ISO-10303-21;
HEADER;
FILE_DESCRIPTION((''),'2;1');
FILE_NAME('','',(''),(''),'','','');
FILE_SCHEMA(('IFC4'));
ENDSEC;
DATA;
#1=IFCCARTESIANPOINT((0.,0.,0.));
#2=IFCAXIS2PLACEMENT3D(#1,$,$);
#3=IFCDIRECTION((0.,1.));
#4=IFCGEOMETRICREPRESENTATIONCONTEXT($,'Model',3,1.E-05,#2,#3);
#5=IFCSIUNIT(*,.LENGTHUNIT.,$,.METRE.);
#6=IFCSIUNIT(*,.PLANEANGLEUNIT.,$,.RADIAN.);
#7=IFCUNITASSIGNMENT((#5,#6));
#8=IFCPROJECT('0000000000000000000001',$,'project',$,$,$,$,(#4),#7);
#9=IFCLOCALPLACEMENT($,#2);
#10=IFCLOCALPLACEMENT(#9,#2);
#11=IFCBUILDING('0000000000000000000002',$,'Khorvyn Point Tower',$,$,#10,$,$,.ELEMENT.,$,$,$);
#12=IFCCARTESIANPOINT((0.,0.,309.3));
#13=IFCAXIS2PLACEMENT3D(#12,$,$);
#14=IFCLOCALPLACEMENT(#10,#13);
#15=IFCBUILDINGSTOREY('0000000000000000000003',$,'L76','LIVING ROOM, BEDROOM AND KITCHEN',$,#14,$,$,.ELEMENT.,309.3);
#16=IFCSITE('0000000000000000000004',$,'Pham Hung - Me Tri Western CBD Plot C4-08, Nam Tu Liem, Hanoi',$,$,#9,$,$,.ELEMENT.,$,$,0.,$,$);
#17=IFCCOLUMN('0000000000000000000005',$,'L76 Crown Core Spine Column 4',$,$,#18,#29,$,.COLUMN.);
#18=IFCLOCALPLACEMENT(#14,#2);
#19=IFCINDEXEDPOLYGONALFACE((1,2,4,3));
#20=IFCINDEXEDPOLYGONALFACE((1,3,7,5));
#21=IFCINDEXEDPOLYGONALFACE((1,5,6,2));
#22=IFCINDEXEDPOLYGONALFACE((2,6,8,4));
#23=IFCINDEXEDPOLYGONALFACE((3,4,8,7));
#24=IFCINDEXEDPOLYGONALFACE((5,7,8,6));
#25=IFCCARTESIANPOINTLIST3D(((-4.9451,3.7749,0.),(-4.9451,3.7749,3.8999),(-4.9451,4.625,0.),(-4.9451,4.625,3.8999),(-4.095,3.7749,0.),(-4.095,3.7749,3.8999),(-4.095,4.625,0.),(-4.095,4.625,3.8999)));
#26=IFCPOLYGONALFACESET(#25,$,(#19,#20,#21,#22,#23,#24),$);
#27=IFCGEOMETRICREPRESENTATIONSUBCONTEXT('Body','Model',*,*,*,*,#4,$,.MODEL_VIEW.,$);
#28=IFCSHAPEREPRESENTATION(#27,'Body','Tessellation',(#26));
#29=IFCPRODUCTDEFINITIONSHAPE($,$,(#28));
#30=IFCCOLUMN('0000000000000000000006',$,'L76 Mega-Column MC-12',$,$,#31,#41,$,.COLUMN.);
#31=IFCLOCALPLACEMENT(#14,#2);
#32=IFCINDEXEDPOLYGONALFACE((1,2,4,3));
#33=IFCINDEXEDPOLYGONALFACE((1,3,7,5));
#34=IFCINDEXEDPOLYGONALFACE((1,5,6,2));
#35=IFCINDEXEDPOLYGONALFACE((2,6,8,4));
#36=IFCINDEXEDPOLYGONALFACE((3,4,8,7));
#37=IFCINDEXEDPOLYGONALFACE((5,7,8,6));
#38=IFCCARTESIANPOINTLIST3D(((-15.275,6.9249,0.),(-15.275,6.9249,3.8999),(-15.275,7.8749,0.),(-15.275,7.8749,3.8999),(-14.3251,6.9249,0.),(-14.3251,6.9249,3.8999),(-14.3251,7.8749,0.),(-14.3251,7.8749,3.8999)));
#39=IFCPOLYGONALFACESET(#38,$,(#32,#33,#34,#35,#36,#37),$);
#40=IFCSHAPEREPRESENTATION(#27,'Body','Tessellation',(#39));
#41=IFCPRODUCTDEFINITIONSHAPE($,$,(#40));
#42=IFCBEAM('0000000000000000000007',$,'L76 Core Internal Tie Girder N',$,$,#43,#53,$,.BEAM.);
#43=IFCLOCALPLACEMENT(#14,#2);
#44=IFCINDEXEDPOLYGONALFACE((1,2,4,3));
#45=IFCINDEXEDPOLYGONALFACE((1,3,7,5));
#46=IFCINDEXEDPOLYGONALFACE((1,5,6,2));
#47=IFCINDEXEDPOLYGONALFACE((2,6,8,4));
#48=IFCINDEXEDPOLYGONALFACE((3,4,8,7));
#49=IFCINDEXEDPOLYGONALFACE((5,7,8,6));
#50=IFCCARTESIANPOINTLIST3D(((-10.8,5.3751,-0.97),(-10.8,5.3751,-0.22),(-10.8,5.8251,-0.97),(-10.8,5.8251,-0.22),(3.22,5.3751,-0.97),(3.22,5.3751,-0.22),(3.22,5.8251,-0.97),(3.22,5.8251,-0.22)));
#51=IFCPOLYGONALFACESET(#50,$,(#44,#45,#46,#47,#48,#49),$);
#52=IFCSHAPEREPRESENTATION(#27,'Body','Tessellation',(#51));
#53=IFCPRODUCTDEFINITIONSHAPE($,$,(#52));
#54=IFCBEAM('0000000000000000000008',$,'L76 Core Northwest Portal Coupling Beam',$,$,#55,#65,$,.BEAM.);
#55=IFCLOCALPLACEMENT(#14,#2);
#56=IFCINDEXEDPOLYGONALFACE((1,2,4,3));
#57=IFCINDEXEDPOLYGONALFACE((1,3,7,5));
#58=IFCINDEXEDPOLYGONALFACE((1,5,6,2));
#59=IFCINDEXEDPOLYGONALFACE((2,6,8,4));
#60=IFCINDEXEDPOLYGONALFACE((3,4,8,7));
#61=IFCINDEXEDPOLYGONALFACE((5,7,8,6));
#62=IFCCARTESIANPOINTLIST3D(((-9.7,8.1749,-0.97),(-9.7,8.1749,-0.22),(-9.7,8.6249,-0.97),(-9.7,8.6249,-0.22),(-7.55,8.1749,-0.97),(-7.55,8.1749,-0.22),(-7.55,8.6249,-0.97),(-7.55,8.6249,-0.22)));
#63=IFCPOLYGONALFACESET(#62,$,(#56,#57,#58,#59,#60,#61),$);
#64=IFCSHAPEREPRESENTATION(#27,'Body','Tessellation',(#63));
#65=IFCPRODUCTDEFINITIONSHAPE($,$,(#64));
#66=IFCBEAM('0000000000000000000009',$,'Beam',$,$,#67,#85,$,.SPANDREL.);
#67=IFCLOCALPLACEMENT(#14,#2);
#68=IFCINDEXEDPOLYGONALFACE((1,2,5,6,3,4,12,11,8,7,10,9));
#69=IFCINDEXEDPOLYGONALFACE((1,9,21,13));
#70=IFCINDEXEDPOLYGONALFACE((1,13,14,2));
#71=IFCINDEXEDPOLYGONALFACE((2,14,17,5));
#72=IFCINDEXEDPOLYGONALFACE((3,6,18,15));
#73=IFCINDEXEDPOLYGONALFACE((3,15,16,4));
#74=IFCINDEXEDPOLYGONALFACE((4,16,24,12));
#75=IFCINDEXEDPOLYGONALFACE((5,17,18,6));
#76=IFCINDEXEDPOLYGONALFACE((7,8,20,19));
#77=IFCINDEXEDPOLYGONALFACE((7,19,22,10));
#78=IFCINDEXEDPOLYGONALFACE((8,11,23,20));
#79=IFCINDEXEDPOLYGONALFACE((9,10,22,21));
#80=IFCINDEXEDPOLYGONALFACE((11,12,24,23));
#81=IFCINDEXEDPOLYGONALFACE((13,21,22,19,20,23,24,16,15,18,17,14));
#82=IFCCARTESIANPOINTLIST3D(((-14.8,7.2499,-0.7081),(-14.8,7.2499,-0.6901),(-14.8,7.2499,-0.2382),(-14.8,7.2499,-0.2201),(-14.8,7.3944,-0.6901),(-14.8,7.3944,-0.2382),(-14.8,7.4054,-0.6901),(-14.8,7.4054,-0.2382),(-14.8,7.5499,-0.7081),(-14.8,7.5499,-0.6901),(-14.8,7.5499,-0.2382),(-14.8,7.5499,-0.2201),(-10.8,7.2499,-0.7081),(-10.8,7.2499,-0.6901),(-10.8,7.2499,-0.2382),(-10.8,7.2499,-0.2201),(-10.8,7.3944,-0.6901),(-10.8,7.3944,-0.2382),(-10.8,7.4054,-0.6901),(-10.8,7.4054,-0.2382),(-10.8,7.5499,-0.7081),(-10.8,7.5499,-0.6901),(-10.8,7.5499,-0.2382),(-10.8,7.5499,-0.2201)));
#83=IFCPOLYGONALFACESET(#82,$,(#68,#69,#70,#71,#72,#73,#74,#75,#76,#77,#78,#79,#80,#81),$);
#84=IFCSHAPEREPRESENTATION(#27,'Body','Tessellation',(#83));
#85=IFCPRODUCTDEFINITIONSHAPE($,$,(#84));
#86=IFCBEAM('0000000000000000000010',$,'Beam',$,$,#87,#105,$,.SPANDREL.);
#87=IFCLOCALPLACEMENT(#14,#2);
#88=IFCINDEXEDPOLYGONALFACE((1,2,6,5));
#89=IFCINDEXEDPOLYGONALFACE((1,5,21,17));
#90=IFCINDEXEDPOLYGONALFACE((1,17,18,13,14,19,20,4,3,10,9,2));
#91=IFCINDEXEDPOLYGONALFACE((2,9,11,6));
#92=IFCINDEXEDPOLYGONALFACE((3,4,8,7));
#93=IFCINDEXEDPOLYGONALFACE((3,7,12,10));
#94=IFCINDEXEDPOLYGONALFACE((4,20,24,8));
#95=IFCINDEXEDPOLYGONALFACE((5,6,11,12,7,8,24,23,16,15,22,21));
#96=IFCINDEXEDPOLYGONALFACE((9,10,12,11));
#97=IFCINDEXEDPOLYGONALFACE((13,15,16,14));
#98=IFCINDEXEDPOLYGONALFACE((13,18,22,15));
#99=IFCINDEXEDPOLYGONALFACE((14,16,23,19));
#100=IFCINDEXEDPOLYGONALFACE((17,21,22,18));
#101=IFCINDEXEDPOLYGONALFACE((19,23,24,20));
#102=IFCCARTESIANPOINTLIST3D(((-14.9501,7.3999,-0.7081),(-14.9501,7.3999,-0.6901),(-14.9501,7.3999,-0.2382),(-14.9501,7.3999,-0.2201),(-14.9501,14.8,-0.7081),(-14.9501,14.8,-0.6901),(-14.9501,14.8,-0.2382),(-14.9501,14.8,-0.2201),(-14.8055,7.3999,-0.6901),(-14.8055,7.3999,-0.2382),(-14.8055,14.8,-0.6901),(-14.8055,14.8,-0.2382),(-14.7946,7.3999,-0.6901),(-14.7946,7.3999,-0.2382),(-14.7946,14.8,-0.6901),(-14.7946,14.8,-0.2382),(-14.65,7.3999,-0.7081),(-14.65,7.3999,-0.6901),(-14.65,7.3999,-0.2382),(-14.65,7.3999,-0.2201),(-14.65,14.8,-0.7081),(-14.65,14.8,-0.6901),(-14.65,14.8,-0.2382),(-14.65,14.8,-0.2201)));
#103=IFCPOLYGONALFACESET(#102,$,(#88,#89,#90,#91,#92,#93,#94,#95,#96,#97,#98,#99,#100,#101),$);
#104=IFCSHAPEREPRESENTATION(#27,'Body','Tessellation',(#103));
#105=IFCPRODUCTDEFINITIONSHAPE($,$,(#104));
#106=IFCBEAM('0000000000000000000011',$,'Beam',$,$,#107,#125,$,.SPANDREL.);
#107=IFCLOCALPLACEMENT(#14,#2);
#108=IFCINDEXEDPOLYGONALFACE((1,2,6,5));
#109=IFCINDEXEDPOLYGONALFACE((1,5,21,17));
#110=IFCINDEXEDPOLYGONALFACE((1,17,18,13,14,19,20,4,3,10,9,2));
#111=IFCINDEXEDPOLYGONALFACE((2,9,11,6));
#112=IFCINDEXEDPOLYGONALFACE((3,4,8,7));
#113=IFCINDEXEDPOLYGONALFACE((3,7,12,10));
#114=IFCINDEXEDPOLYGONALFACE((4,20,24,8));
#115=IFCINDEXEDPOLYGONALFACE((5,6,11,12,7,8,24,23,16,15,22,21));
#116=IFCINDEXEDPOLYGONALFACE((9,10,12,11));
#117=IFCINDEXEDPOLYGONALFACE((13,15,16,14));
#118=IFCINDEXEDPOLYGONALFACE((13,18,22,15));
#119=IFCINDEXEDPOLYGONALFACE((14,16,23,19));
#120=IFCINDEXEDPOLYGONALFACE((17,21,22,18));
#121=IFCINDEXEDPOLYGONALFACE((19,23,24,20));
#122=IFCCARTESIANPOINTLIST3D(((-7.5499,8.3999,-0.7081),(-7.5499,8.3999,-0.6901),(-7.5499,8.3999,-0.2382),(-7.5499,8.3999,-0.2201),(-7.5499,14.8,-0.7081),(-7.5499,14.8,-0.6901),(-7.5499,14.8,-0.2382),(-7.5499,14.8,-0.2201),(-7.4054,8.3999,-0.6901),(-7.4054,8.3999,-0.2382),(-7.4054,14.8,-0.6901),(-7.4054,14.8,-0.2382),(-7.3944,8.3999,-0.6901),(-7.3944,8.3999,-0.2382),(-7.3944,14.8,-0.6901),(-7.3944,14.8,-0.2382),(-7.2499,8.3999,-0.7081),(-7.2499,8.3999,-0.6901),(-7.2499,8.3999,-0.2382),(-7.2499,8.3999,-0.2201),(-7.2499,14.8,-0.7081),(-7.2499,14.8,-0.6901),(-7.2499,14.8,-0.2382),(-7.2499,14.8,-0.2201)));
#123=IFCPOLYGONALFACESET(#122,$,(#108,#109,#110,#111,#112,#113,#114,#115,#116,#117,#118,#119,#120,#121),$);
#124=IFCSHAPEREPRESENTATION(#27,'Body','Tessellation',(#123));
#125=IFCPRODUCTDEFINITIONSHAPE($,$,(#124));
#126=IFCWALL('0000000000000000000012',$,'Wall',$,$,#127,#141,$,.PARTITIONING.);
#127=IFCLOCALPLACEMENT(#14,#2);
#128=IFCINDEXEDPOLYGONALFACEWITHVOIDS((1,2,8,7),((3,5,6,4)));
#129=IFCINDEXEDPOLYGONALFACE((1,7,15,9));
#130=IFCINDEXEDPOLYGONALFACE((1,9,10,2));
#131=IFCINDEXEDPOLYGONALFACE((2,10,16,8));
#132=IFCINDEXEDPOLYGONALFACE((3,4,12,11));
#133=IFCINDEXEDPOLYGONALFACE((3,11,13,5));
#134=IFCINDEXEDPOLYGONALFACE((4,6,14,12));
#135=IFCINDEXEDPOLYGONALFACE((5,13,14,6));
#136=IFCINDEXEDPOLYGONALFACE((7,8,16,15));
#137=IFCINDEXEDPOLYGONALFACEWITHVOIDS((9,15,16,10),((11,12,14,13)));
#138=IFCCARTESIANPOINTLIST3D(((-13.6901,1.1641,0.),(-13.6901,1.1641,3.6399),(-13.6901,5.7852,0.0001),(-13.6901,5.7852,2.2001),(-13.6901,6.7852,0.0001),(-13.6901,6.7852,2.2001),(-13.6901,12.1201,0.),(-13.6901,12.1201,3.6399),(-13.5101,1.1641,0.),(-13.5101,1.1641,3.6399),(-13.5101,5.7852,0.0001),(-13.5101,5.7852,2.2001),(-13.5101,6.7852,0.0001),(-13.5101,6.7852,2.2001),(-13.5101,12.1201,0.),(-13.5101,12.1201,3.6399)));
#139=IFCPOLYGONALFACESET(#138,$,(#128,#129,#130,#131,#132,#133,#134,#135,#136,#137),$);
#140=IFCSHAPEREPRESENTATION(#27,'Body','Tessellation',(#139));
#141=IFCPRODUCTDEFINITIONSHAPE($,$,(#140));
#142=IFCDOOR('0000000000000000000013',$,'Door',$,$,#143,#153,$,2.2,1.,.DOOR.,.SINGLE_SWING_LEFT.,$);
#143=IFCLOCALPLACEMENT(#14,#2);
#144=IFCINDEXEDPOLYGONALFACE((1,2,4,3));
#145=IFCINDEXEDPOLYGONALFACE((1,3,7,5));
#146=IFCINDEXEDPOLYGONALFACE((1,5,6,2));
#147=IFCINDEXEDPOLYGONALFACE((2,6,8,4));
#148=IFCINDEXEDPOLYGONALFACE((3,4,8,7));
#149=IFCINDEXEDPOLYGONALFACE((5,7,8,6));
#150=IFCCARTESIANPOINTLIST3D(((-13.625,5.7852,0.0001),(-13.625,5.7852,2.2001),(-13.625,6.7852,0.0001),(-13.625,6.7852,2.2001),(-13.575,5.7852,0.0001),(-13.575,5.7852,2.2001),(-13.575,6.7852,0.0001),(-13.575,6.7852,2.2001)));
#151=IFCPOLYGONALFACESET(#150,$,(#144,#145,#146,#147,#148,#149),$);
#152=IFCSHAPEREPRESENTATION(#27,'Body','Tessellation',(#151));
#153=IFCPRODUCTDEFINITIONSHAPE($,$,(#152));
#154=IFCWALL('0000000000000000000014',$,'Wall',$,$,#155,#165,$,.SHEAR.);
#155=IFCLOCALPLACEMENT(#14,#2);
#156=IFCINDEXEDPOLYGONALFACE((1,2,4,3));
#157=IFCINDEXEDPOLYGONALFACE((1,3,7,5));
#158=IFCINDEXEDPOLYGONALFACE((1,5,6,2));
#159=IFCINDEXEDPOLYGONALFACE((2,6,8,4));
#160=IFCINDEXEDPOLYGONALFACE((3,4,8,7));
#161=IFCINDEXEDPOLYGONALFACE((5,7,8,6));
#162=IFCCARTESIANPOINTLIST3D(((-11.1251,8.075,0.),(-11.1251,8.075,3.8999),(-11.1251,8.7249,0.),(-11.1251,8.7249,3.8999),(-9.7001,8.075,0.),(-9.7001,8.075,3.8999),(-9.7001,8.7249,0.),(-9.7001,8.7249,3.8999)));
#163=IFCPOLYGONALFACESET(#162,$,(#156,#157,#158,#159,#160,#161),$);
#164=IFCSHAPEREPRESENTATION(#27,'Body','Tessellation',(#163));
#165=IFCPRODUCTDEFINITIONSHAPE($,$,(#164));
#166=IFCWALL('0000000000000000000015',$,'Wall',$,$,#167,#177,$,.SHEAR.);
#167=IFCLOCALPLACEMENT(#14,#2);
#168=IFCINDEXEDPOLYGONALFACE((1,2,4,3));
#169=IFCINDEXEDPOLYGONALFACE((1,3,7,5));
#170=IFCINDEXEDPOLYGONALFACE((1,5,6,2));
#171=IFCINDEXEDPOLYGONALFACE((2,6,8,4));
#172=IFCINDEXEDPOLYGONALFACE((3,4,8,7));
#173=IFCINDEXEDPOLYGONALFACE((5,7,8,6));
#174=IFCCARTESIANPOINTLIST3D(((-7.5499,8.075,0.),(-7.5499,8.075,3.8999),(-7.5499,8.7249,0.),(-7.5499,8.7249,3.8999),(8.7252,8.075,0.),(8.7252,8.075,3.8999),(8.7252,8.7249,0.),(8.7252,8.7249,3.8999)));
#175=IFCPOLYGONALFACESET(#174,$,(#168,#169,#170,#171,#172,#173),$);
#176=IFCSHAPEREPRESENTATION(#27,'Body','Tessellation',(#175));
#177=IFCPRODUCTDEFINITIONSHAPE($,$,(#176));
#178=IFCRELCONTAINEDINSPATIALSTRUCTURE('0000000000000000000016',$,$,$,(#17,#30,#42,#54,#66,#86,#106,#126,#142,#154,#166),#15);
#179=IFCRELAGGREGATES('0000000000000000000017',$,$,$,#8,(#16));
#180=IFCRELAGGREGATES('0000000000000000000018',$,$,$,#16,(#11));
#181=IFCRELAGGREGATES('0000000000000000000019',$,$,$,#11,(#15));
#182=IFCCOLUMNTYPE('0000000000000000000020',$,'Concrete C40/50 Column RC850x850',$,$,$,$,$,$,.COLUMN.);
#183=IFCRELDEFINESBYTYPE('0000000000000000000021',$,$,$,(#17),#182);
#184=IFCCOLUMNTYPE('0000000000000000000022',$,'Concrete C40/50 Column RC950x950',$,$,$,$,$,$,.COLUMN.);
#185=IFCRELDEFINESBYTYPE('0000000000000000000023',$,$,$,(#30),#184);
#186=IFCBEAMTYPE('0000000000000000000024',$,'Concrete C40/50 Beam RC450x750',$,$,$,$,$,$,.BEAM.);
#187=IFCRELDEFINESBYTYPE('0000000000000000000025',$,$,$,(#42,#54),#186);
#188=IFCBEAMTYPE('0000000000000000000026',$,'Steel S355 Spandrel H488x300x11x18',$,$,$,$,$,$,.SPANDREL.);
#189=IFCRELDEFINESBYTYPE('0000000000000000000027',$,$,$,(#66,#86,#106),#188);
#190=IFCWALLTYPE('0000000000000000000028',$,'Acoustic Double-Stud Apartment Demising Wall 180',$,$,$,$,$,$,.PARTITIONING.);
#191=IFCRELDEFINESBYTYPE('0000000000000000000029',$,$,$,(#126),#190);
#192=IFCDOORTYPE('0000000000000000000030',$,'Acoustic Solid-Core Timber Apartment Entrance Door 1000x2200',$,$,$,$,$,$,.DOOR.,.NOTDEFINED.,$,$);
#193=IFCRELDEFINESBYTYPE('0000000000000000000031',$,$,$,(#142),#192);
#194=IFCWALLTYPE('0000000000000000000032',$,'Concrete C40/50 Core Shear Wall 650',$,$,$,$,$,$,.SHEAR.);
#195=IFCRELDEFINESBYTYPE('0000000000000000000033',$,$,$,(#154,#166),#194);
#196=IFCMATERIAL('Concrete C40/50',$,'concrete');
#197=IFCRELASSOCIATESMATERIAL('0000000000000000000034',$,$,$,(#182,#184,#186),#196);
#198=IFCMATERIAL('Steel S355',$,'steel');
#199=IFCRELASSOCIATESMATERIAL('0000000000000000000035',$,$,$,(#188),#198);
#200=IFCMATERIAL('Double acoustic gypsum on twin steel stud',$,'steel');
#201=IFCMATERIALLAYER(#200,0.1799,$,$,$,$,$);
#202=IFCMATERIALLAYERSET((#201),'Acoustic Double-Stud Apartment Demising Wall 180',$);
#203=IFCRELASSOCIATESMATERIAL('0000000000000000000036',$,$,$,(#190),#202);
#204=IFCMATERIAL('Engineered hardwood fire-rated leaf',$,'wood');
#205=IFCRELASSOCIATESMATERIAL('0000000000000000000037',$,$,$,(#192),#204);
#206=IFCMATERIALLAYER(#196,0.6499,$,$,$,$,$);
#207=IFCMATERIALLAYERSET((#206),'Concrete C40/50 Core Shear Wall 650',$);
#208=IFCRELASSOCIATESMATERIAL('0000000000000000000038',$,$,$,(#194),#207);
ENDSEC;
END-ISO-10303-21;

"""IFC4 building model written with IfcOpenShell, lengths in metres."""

from ifc_helpers import new_model, si_unit, direction, frame, frame_2d, origin, origin_2d, place, context, subcontext, project, spatial, rectangle, i_section, extrude, material, layer, layer_set, material_profile, profile_set, type_object, element, fill, save


model = new_model("IFC4")

# Units and contexts
model_context = context("Model", 3, precision=1e-05, world=origin(), true_north=direction((0.0, 1.0)))
body_context = subcontext(model_context, "Body", "Model", "MODEL_VIEW")
ifc_project = project(units=[si_unit("LENGTHUNIT", "METRE"), si_unit("PLANEANGLEUNIT", "RADIAN")], contexts=[model_context])

# Site, building, storey
site_placement = place(None, origin())
site = spatial("IfcSite", under=ifc_project, at=site_placement, Name="Pham Hung - Me Tri Western CBD Plot C4-08, Nam Tu Liem, Hanoi", CompositionType="ELEMENT", RefElevation=0.0)
building_placement = place(site_placement, origin())
building = spatial("IfcBuilding", under=site, at=building_placement, Name="Khorvyn Point Tower", CompositionType="ELEMENT")
storey_placement = place(building_placement, frame((0.0, 0.0, 309.3)))
storey = spatial("IfcBuildingStorey", under=building, at=storey_placement, Name="L76", Description="LIVING ROOM, BEDROOM AND KITCHEN", CompositionType="ELEMENT", Elevation=309.3)

# Columns
ifc_material_1 = material(Name="Concrete C40/50", Category="concrete")
ifc_material_profile_1 = material_profile(ifc_material_1, rectangle(XDim=0.8501, YDim=0.8501, at=origin_2d()))
ifc_profile_set_1 = profile_set([ifc_material_profile_1], Name="Concrete C40/50 RC850x850")
column_type_1 = type_object("IfcColumnType", Name="Concrete C40/50 Column RC850x850", PredefinedType="COLUMN", material=ifc_profile_set_1)
column_1_placement = place(storey_placement, frame((-4.52, 4.2, 0.0), z_axis=(0.0, 0.0, 1.0), x_axis=(1.0, 0.0, 0.0)))
element("IfcColumn", 1, at=column_1_placement, inside=storey, type_object=column_type_1, Name="L76 Crown Core Spine Column 4", PredefinedType="COLUMN", context=body_context, shape_type="SweptSolid", body=[
    extrude(rectangle(XDim=0.8501, YDim=0.8501, at=origin_2d()), origin(), (0.0, 0.0, 1.0), 3.8999),
])
ifc_material_profile_2 = material_profile(ifc_material_1, rectangle(XDim=0.95, YDim=0.95, at=origin_2d()))
ifc_profile_set_2 = profile_set([ifc_material_profile_2], Name="Concrete C40/50 RC950x950")
column_type_2 = type_object("IfcColumnType", Name="Concrete C40/50 Column RC950x950", PredefinedType="COLUMN", material=ifc_profile_set_2)
column_2_placement = place(storey_placement, frame((-14.8, 7.3999, 0.0), z_axis=(0.0, 0.0, 1.0), x_axis=(1.0, 0.0, 0.0)))
element("IfcColumn", 2, at=column_2_placement, inside=storey, type_object=column_type_2, Name="L76 Mega-Column MC-12", PredefinedType="COLUMN", context=body_context, shape_type="SweptSolid", body=[
    extrude(rectangle(XDim=0.95, YDim=0.95, at=origin_2d()), origin(), (0.0, 0.0, 1.0), 3.8999),
])

# Beams
ifc_material_profile_3 = material_profile(ifc_material_1, rectangle(XDim=0.45, YDim=0.75, at=origin_2d()))
ifc_profile_set_3 = profile_set([ifc_material_profile_3], Name="Concrete C40/50 RC450x750")
beam_type_1 = type_object("IfcBeamType", Name="Concrete C40/50 Beam RC450x750", PredefinedType="BEAM", material=ifc_profile_set_3)
beam_1_placement = place(storey_placement, frame((-10.8, 5.6001, -0.595), z_axis=(1.0, 0.0, 0.0), x_axis=(0.0, 1.0, 0.0)))
element("IfcBeam", 3, at=beam_1_placement, inside=storey, type_object=beam_type_1, Name="L76 Core Internal Tie Girder N", PredefinedType="BEAM", context=body_context, shape_type="SweptSolid", body=[
    extrude(rectangle(XDim=0.45, YDim=0.75, at=origin_2d()), origin(), (0.0, 0.0, 1.0), 14.02),
])
beam_2_placement = place(storey_placement, frame((-9.7, 8.3999, -0.595), z_axis=(1.0, 0.0, 0.0), x_axis=(0.0, 1.0, 0.0)))
element("IfcBeam", 4, at=beam_2_placement, inside=storey, type_object=beam_type_1, Name="L76 Core Northwest Portal Coupling Beam", PredefinedType="BEAM", context=body_context, shape_type="SweptSolid", body=[
    extrude(rectangle(XDim=0.45, YDim=0.75, at=origin_2d()), origin(), (0.0, 0.0, 1.0), 2.1499),
])
ifc_material_2 = material(Name="Steel S355", Category="steel")
ifc_material_profile_4 = material_profile(ifc_material_2, i_section(OverallWidth=0.3, OverallDepth=0.488, WebThickness=0.011, FlangeThickness=0.0181, at=origin_2d()))
ifc_profile_set_4 = profile_set([ifc_material_profile_4], Name="Steel S355 H488x300x11x18")
beam_type_2 = type_object("IfcBeamType", Name="Steel S355 Spandrel H488x300x11x18", PredefinedType="SPANDREL", material=ifc_profile_set_4)
beam_3_placement = place(storey_placement, frame((-14.8, 7.3999, -0.4641), z_axis=(1.0, 0.0, 0.0), x_axis=(0.0, 1.0, 0.0)))
element("IfcBeam", 5, at=beam_3_placement, inside=storey, type_object=beam_type_2, Name="Beam", PredefinedType="SPANDREL", context=body_context, shape_type="SweptSolid", body=[
    extrude(i_section(OverallWidth=0.3, OverallDepth=0.488, WebThickness=0.011, FlangeThickness=0.0181, at=origin_2d()), origin(), (0.0, 0.0, 1.0), 4.0),
])
beam_4_placement = place(storey_placement, frame((-14.8, 7.3999, -0.4641), z_axis=(0.0, 1.0, 0.0), x_axis=(-1.0, 0.0, 0.0)))
element("IfcBeam", 6, at=beam_4_placement, inside=storey, type_object=beam_type_2, Name="Beam", PredefinedType="SPANDREL", context=body_context, shape_type="SweptSolid", body=[
    extrude(i_section(OverallWidth=0.3, OverallDepth=0.488, WebThickness=0.011, FlangeThickness=0.0181, at=origin_2d()), origin(), (0.0, 0.0, 1.0), 7.4001),
])
beam_5_placement = place(storey_placement, frame((-7.3999, 8.3999, -0.4641), z_axis=(0.0, 1.0, 0.0), x_axis=(-1.0, 0.0, 0.0)))
element("IfcBeam", 7, at=beam_5_placement, inside=storey, type_object=beam_type_2, Name="Beam", PredefinedType="SPANDREL", context=body_context, shape_type="SweptSolid", body=[
    extrude(i_section(OverallWidth=0.3, OverallDepth=0.488, WebThickness=0.011, FlangeThickness=0.0181, at=origin_2d()), origin(), (0.0, 0.0, 1.0), 6.4001),
])

# Wall, opening, door
ifc_material_3 = material(Name="Double acoustic gypsum on twin steel stud", Category="steel")
ifc_layer_1 = layer(ifc_material_3, 0.1799)
ifc_layer_set_1 = layer_set([ifc_layer_1], Name="Acoustic Double-Stud Apartment Demising Wall 180")
wall_type_1 = type_object("IfcWallType", Name="Acoustic Double-Stud Apartment Demising Wall 180", PredefinedType="PARTITIONING", material=ifc_layer_set_1)
wall_1_placement = place(storey_placement, frame((-13.6001, 1.1641, 0.0), z_axis=(0.0, 0.0, 1.0), x_axis=(0.0, 1.0, 0.0)))
wall_1 = element("IfcWall", 8, at=wall_1_placement, inside=storey, type_object=wall_type_1, Name="Wall", PredefinedType="PARTITIONING", context=body_context, shape_type="SweptSolid", body=[
    extrude(rectangle(XDim=10.9561, YDim=0.1799, at=frame_2d((5.478, 0.0))), origin(), (0.0, 0.0, 1.0), 3.6399),
])
opening_1_placement = place(wall_1_placement, frame((4.6211, 0.0, 0.0)))
opening_1 = element("IfcOpeningElement", 9, at=opening_1_placement, cuts=wall_1, PredefinedType="OPENING", context=body_context, shape_type="SweptSolid", body=[
    extrude(rectangle(XDim=1.0, YDim=2.2, at=frame_2d((0.5, 1.1001))), frame((0.0, 0.0999, 0.0), z_axis=(0.0, -1.0, 0.0), x_axis=(1.0, 0.0, 0.0)), (0.0, 0.0, 1.0), 0.2),
])
ifc_material_4 = material(Name="Engineered hardwood fire-rated leaf", Category="wood")
door_type_1 = type_object("IfcDoorType", Name="Acoustic Solid-Core Timber Apartment Entrance Door 1000x2200", OperationType="NOTDEFINED", PredefinedType="DOOR", material=ifc_material_4)
door_1_placement = place(opening_1_placement, origin())
door_1 = element("IfcDoor", 10, at=door_1_placement, inside=storey, type_object=door_type_1, Name="Door", OperationType="SINGLE_SWING_LEFT", OverallHeight=2.2, OverallWidth=1.0, PredefinedType="DOOR", context=body_context, shape_type="SweptSolid", body=[
    extrude(rectangle(XDim=1.0, YDim=2.2, at=frame_2d((0.5, 1.1001))), frame((0.0, 0.0249, 0.0), z_axis=(0.0, -1.0, 0.0), x_axis=(1.0, 0.0, 0.0)), (0.0, 0.0, 1.0), 0.05),
])
fill(opening_1, door_1)

# Walls
ifc_layer_2 = layer(ifc_material_1, 0.6499)
ifc_layer_set_2 = layer_set([ifc_layer_2], Name="Concrete C40/50 Core Shear Wall 650")
wall_type_2 = type_object("IfcWallType", Name="Concrete C40/50 Core Shear Wall 650", PredefinedType="SHEAR", material=ifc_layer_set_2)
wall_2_placement = place(storey_placement, frame((-11.125, 8.3999, 0.0), z_axis=(0.0, 0.0, 1.0), x_axis=(1.0, 0.0, 0.0)))
element("IfcWall", 11, at=wall_2_placement, inside=storey, type_object=wall_type_2, Name="Wall", PredefinedType="SHEAR", context=body_context, shape_type="SweptSolid", body=[
    extrude(rectangle(XDim=1.425, YDim=0.6499, at=frame_2d((0.7124, 0.0))), origin(), (0.0, 0.0, 1.0), 3.8999),
])
wall_3_placement = place(storey_placement, frame((-7.55, 8.3999, 0.0), z_axis=(0.0, 0.0, 1.0), x_axis=(1.0, 0.0, 0.0)))
element("IfcWall", 12, at=wall_3_placement, inside=storey, type_object=wall_type_2, Name="Wall", PredefinedType="SHEAR", context=body_context, shape_type="SweptSolid", body=[
    extrude(rectangle(XDim=16.2751, YDim=0.6499, at=frame_2d((8.1377, 0.0))), origin(), (0.0, 0.0, 1.0), 3.8999),
])

save(model, "model.ifc")
